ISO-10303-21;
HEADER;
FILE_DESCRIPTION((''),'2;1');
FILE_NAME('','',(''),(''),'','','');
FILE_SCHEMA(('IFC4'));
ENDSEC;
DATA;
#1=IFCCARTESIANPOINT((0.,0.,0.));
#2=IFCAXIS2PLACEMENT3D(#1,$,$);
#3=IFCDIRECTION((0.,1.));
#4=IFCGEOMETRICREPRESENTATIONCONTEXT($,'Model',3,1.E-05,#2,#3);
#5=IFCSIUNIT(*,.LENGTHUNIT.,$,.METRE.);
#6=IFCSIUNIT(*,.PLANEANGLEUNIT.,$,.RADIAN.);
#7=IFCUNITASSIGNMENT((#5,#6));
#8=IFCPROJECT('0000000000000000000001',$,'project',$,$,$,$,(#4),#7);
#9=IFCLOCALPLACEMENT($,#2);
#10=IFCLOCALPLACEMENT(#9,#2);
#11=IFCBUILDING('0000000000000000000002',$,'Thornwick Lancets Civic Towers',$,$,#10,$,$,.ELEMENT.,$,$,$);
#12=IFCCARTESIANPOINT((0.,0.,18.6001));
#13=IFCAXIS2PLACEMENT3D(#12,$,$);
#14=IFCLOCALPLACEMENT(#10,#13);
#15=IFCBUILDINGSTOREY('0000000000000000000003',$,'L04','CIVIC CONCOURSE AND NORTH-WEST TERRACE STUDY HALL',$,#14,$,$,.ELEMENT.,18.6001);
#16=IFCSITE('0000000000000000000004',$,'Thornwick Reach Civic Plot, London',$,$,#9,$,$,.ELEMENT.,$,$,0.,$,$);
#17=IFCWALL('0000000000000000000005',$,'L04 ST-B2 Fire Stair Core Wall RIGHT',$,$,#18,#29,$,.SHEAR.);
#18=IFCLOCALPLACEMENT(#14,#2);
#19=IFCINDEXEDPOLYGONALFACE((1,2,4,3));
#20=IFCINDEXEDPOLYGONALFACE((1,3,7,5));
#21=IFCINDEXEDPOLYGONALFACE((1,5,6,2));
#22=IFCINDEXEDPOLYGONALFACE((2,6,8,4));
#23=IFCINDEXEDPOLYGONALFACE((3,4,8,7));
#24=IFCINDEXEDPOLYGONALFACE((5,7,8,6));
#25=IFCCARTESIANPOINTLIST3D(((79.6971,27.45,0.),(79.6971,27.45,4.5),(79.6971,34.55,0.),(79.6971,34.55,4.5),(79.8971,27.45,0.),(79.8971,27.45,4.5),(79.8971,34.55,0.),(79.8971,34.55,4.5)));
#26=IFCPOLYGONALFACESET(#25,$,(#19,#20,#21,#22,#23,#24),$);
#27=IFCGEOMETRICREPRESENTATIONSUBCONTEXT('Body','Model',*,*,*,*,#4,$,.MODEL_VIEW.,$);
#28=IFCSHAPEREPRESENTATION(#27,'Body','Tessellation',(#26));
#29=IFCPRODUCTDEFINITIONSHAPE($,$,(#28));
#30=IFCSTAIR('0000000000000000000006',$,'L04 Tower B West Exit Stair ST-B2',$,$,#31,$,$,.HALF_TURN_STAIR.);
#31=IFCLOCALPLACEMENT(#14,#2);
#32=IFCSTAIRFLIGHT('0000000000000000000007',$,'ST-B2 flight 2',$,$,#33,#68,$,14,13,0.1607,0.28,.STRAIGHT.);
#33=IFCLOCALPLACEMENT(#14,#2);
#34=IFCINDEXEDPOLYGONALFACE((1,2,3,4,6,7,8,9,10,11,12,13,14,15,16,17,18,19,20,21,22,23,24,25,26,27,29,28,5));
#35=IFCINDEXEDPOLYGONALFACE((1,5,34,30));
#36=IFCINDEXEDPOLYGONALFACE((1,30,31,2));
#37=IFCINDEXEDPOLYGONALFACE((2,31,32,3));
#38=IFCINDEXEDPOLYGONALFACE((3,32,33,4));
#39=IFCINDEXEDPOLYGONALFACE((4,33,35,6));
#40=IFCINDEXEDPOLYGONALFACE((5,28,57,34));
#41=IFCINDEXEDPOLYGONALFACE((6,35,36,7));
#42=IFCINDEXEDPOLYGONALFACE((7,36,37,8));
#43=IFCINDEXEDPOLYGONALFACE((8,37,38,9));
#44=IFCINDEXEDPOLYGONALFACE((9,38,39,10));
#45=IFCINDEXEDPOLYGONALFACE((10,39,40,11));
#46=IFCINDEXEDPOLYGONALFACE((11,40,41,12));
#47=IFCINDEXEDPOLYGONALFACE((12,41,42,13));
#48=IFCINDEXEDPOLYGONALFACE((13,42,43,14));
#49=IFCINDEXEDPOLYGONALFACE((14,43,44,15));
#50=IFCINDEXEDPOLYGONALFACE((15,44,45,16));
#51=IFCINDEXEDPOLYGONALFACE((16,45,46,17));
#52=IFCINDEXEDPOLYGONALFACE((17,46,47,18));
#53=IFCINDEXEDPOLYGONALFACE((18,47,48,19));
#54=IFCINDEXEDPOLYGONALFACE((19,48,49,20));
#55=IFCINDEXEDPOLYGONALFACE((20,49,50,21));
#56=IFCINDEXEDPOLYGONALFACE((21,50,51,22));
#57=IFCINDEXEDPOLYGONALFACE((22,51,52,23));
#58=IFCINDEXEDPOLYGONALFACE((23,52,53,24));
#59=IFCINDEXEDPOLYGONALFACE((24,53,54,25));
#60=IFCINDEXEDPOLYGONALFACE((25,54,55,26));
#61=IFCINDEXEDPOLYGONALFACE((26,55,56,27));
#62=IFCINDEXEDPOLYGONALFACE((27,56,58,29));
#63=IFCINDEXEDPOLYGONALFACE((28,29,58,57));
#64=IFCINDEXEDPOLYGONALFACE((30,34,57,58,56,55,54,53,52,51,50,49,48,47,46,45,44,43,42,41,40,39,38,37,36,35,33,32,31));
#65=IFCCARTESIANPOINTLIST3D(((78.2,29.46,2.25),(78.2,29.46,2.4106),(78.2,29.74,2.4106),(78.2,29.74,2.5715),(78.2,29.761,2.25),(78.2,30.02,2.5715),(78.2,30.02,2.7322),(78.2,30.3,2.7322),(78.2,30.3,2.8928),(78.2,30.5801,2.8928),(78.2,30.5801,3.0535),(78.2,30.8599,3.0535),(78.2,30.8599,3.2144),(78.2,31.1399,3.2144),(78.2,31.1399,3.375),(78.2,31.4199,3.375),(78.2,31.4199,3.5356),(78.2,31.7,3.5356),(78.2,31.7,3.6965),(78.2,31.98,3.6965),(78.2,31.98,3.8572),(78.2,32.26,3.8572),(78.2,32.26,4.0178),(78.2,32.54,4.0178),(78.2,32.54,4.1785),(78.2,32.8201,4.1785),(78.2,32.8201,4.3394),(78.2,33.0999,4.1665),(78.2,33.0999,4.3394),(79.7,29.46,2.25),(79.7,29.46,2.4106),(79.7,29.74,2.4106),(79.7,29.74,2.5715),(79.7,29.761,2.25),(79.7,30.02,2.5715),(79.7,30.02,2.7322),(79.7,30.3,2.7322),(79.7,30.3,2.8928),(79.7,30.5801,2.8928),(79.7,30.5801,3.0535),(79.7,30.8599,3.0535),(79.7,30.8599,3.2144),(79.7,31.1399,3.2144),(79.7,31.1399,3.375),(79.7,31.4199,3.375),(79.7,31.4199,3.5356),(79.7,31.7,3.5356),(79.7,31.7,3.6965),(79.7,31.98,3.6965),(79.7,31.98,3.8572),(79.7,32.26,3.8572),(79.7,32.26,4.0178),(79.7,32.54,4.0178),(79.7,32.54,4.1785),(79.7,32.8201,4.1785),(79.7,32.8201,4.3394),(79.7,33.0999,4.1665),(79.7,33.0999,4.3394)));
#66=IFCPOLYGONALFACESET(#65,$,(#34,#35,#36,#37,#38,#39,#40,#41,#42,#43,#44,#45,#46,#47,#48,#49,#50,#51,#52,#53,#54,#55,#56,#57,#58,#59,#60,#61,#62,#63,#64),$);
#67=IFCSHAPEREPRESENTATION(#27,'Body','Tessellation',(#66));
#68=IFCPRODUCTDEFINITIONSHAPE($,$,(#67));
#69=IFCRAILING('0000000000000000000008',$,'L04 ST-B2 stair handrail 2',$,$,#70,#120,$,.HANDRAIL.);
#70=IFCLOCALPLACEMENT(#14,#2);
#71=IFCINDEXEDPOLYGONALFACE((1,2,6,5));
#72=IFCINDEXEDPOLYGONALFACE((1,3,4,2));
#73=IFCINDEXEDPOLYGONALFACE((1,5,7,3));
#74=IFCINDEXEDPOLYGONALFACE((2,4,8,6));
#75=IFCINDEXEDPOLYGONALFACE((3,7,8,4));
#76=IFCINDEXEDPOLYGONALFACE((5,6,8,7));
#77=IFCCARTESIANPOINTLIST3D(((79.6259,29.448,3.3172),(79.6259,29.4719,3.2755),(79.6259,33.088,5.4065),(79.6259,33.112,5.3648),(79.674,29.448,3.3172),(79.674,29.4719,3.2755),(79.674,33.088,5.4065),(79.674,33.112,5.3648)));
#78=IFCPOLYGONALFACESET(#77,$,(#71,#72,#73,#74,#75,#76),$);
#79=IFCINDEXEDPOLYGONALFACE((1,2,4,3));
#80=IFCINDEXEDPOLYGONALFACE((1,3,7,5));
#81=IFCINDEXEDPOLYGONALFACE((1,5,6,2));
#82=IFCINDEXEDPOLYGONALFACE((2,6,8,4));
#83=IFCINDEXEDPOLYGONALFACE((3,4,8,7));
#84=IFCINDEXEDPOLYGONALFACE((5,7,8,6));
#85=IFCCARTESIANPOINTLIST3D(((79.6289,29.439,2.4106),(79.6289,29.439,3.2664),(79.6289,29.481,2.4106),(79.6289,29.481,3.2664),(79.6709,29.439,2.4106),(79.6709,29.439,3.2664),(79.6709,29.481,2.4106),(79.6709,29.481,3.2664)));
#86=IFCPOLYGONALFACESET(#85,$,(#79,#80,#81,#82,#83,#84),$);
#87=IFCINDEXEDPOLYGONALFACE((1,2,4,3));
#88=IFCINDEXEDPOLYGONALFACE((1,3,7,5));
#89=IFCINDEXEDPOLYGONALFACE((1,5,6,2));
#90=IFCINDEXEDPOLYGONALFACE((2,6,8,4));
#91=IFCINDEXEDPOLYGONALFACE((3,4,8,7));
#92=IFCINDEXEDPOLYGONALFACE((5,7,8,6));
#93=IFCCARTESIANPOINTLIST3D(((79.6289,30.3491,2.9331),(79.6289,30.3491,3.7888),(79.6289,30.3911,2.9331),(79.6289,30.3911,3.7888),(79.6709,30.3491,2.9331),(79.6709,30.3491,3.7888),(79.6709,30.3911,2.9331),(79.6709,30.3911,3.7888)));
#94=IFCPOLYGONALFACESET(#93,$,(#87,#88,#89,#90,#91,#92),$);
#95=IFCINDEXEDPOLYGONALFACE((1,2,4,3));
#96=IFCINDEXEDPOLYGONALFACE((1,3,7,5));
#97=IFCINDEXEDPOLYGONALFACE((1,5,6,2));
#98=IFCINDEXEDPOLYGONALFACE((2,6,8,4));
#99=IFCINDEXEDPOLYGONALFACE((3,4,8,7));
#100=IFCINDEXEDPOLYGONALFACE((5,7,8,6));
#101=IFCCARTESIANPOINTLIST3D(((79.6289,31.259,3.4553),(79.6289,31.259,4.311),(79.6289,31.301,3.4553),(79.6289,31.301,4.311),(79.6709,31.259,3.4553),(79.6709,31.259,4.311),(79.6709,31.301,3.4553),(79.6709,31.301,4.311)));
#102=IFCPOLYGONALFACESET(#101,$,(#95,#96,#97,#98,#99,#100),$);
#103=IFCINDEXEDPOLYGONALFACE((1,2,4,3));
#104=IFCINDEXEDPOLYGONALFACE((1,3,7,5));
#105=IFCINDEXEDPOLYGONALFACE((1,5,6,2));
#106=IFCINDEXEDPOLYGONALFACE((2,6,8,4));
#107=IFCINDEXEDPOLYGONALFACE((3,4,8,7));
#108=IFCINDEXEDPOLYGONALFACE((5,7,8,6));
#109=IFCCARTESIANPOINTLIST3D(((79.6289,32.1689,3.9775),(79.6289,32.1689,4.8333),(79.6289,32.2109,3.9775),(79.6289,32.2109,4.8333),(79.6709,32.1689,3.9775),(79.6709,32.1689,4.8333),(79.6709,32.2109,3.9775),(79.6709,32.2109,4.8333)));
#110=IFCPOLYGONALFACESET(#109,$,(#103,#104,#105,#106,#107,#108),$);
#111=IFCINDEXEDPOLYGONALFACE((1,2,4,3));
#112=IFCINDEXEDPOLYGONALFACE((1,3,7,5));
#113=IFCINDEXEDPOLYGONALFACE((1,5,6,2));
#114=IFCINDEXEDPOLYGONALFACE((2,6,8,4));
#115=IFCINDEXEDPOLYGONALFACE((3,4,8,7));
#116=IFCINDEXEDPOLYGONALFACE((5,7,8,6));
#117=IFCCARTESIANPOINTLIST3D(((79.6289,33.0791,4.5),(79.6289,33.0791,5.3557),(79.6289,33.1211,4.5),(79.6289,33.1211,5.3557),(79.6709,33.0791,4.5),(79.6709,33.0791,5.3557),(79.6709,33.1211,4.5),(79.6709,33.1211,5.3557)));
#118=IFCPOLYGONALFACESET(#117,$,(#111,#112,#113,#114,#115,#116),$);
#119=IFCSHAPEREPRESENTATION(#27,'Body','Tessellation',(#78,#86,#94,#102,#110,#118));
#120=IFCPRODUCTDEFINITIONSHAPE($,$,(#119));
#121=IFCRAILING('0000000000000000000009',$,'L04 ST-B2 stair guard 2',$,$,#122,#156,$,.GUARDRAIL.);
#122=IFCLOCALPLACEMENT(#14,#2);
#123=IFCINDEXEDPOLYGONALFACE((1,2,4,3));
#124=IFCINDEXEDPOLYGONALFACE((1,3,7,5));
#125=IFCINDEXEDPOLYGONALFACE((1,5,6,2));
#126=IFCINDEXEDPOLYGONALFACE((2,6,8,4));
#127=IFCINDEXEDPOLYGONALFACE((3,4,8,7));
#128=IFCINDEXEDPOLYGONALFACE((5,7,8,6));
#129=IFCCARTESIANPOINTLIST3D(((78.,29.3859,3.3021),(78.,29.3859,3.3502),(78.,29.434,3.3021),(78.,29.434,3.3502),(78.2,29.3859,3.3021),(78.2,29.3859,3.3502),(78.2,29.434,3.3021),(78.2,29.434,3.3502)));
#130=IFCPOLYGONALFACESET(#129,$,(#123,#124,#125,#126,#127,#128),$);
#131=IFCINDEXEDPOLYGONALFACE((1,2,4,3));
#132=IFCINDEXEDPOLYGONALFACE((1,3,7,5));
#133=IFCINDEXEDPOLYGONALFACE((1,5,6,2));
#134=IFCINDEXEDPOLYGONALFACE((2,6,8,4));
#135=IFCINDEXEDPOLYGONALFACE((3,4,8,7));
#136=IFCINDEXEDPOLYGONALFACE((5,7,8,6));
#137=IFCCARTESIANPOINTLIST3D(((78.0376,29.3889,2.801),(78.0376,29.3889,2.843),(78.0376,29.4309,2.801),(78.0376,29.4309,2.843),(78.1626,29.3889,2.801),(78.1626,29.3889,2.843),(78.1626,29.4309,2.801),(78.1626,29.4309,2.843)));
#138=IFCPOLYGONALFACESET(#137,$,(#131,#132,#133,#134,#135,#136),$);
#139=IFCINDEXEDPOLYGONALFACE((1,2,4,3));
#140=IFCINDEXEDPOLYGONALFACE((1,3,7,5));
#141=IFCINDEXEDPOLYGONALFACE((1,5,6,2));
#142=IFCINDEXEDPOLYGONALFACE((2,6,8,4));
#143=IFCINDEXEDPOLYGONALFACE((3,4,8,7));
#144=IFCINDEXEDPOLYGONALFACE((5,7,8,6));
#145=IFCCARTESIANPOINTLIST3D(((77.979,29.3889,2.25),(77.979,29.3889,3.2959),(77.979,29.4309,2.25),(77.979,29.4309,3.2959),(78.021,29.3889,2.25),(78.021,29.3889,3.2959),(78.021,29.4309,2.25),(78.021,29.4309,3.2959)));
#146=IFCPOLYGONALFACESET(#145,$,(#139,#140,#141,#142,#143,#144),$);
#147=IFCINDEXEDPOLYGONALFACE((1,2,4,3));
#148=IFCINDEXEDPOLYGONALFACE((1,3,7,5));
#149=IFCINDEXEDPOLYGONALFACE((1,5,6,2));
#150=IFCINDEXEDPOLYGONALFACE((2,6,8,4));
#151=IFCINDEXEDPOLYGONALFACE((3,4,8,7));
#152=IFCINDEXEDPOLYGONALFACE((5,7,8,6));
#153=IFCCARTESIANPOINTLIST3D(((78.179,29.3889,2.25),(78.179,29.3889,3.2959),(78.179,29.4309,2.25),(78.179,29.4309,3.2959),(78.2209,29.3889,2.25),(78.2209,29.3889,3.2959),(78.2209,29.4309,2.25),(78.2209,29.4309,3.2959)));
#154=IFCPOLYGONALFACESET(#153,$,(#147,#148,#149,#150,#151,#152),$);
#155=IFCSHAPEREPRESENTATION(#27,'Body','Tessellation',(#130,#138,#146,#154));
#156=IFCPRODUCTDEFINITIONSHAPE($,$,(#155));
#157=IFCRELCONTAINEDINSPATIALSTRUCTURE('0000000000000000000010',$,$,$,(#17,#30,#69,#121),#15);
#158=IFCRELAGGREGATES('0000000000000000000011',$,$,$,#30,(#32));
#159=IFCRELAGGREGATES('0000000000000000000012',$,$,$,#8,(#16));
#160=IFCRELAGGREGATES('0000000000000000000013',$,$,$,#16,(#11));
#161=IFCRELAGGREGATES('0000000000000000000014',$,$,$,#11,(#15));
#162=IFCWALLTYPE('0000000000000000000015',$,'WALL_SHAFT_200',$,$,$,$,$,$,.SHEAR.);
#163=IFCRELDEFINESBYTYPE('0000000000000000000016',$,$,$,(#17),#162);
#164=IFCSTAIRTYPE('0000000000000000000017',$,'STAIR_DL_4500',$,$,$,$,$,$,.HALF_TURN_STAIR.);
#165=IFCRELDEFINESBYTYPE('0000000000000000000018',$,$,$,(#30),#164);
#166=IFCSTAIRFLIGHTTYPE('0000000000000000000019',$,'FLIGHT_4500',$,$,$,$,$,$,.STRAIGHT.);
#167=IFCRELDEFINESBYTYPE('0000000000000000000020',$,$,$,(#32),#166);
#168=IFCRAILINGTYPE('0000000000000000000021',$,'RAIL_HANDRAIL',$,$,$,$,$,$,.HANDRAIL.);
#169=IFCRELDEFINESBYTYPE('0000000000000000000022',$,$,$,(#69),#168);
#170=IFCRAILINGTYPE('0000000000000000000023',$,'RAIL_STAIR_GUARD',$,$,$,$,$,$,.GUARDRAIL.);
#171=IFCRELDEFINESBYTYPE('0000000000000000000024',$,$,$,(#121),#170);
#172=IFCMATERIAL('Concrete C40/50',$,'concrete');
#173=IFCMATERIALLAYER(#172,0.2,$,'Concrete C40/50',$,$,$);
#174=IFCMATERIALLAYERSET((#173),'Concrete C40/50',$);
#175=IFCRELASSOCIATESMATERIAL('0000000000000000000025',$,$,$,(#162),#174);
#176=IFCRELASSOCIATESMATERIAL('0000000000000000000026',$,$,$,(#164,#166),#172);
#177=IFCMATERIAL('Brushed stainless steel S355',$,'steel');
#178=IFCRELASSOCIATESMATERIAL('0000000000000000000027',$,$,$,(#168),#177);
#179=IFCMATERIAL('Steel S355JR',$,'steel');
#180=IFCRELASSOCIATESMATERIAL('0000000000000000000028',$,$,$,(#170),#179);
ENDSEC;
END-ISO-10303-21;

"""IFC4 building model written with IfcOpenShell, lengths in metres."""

from ifc_helpers import new_model, si_unit, direction, frame, frame_2d, origin, origin_2d, place, context, subcontext, project, spatial, polyline, rectangle, outline, extrude, material, layer, layer_set, type_object, element, aggregate, save


model = new_model("IFC4")

# Units and contexts
model_context = context("Model", 3, precision=1e-05, world=origin(), true_north=direction((0.0, 1.0)))
body_context = subcontext(model_context, "Body", "Model", "MODEL_VIEW")
ifc_project = project(units=[si_unit("LENGTHUNIT", "METRE"), si_unit("PLANEANGLEUNIT", "RADIAN")], contexts=[model_context])

# Site, building, storey
site_placement = place(None, origin())
site = spatial("IfcSite", under=ifc_project, at=site_placement, Name="Thornwick Reach Civic Plot, London", CompositionType="ELEMENT", RefElevation=0.0)
building_placement = place(site_placement, origin())
building = spatial("IfcBuilding", under=site, at=building_placement, Name="Thornwick Lancets Civic Towers", CompositionType="ELEMENT")
storey_placement = place(building_placement, frame((0.0, 0.0, 18.6001)))
storey = spatial("IfcBuildingStorey", under=building, at=storey_placement, Name="L04", Description="CIVIC CONCOURSE AND NORTH-WEST TERRACE STUDY HALL", CompositionType="ELEMENT", Elevation=18.6001)

# Shared definitions
ifc_material_1 = material(Name="Steel S355JR", Category="steel")
ifc_material_2 = material(Name="Concrete C40/50", Category="concrete")

# Wall
ifc_layer_1 = layer(ifc_material_2, 0.2, Name="Concrete C40/50")
ifc_layer_set_1 = layer_set([ifc_layer_1], Name="Concrete C40/50")
wall_type_1 = type_object("IfcWallType", Name="WALL_SHAFT_200", PredefinedType="SHEAR", material=ifc_layer_set_1)
wall_1_placement = place(storey_placement, frame((79.7971, 27.45, 0.0), z_axis=(0.0, 0.0, 1.0), x_axis=(0.0, 1.0, 0.0)))
element("IfcWall", 1, at=wall_1_placement, inside=storey, type_object=wall_type_1, Name="L04 ST-B2 Fire Stair Core Wall RIGHT", PredefinedType="SHEAR", context=body_context, shape_type="SweptSolid", body=[
    extrude(rectangle(XDim=7.1001, YDim=0.2, at=frame_2d((3.55, 0.0))), origin(), (0.0, 0.0, 1.0), 4.5),
])

# Stair, stair flight
stair_type = type_object("IfcStairType", Name="STAIR_DL_4500", PredefinedType="HALF_TURN_STAIR", material=ifc_material_2)
stair_placement = place(storey_placement, origin())
stair = element("IfcStair", 2, at=stair_placement, inside=storey, type_object=stair_type, Name="L04 Tower B West Exit Stair ST-B2", PredefinedType="HALF_TURN_STAIR")
stair_flight_type = type_object("IfcStairFlightType", Name="FLIGHT_4500", PredefinedType="STRAIGHT", material=ifc_material_2)
stair_flight_placement = place(storey_placement, frame((78.95, 29.46, 2.25), z_axis=(0.0, 0.0, 1.0), x_axis=(0.0, 1.0, 0.0)))
stair_flight = element("IfcStairFlight", 3, at=stair_flight_placement, type_object=stair_flight_type, Name="ST-B2 flight 2", NumberOfRisers=14, NumberOfTreads=13, PredefinedType="STRAIGHT", RiserHeight=0.1607, TreadLength=0.28, context=body_context, shape_type="SweptSolid", body=[
    extrude(outline(polyline([(0.0, 0.0), (0.0, 0.1606), (0.28, 0.1606), (0.28, 0.3215), (0.5601, 0.3215), (0.5601, 0.4822), (0.8401, 0.4822), (0.8401, 0.6428), (1.1201, 0.6428), (1.1201, 0.8035), (1.3999, 0.8035), (1.3999, 0.9644), (1.6799, 0.9644), (1.6799, 1.125), (1.96, 1.125), (1.96, 1.2856), (2.24, 1.2856), (2.24, 1.4465), (2.52, 1.4465), (2.52, 1.6072), (2.8, 1.6072), (2.8, 1.7678), (3.0801, 1.7678), (3.0801, 1.9285), (3.3601, 1.9285), (3.3601, 2.0894), (3.6399, 2.0894), (3.6399, 2.25), (3.6399, 1.9165), (0.301, 0.0), (0.0, 0.0)])), frame((0.0, 0.75, 0.0), z_axis=(0.0, -1.0, 0.0), x_axis=(1.0, 0.0, 0.0)), (0.0, 0.0, 1.0), 1.5),
])
aggregate(stair, [stair_flight])

# Railings
ifc_material_3 = material(Name="Brushed stainless steel S355", Category="steel")
railing_type_1 = type_object("IfcRailingType", Name="RAIL_HANDRAIL", PredefinedType="HANDRAIL", material=ifc_material_3)
railing_1_placement = place(storey_placement, frame((79.6499, 29.46, 2.4106)))
element("IfcRailing", 4, at=railing_1_placement, inside=storey, type_object=railing_type_1, Name="L04 ST-B2 stair handrail 2", PredefinedType="HANDRAIL", context=body_context, shape_type="SweptSolid", body=[
    extrude(rectangle(XDim=0.0481, YDim=0.0481, at=origin_2d()), frame((0.0, 0.0, 0.8857), z_axis=(0.0, 0.867289, 0.497804), x_axis=(-1.0, 0.0, 0.0)), (0.0, 0.0, 1.0), 4.197),
    extrude(rectangle(XDim=0.042, YDim=0.042, at=origin_2d()), origin(), (0.0, 0.0, 1.0), 0.8557),
    extrude(rectangle(XDim=0.042, YDim=0.042, at=origin_2d()), frame((0.0, 0.9102, 0.5225)), (0.0, 0.0, 1.0), 0.8557),
    extrude(rectangle(XDim=0.042, YDim=0.042, at=origin_2d()), frame((0.0, 1.8201, 1.0447)), (0.0, 0.0, 1.0), 0.8557),
    extrude(rectangle(XDim=0.042, YDim=0.042, at=origin_2d()), frame((0.0, 2.73, 1.5669)), (0.0, 0.0, 1.0), 0.8557),
    extrude(rectangle(XDim=0.042, YDim=0.042, at=origin_2d()), frame((0.0, 3.6401, 2.0894)), (0.0, 0.0, 1.0), 0.8557),
])
railing_type_2 = type_object("IfcRailingType", Name="RAIL_STAIR_GUARD", PredefinedType="GUARDRAIL", material=ifc_material_1)
railing_2_placement = place(storey_placement, frame((78.0, 29.4099, 2.25)))
element("IfcRailing", 5, at=railing_2_placement, inside=storey, type_object=railing_type_2, Name="L04 ST-B2 stair guard 2", PredefinedType="GUARDRAIL", context=body_context, shape_type="SweptSolid", body=[
    extrude(rectangle(XDim=0.0481, YDim=0.0481, at=origin_2d()), frame((0.0, 0.0, 1.0762), z_axis=(1.0, 0.0, 0.0), x_axis=(0.0, 1.0, 0.0)), (0.0, 0.0, 1.0), 0.2),
    extrude(rectangle(XDim=0.042, YDim=0.042, at=origin_2d()), frame((0.0376, 0.0, 0.572), z_axis=(1.0, 0.0, 0.0), x_axis=(0.0, 1.0, 0.0)), (0.0, 0.0, 1.0), 0.125),
    extrude(rectangle(XDim=0.042, YDim=0.042, at=origin_2d()), origin(), (0.0, 0.0, 1.0), 1.0459),
    extrude(rectangle(XDim=0.042, YDim=0.042, at=origin_2d()), frame((0.2, 0.0, 0.0)), (0.0, 0.0, 1.0), 1.0459),
])

save(model, "model.ifc")
